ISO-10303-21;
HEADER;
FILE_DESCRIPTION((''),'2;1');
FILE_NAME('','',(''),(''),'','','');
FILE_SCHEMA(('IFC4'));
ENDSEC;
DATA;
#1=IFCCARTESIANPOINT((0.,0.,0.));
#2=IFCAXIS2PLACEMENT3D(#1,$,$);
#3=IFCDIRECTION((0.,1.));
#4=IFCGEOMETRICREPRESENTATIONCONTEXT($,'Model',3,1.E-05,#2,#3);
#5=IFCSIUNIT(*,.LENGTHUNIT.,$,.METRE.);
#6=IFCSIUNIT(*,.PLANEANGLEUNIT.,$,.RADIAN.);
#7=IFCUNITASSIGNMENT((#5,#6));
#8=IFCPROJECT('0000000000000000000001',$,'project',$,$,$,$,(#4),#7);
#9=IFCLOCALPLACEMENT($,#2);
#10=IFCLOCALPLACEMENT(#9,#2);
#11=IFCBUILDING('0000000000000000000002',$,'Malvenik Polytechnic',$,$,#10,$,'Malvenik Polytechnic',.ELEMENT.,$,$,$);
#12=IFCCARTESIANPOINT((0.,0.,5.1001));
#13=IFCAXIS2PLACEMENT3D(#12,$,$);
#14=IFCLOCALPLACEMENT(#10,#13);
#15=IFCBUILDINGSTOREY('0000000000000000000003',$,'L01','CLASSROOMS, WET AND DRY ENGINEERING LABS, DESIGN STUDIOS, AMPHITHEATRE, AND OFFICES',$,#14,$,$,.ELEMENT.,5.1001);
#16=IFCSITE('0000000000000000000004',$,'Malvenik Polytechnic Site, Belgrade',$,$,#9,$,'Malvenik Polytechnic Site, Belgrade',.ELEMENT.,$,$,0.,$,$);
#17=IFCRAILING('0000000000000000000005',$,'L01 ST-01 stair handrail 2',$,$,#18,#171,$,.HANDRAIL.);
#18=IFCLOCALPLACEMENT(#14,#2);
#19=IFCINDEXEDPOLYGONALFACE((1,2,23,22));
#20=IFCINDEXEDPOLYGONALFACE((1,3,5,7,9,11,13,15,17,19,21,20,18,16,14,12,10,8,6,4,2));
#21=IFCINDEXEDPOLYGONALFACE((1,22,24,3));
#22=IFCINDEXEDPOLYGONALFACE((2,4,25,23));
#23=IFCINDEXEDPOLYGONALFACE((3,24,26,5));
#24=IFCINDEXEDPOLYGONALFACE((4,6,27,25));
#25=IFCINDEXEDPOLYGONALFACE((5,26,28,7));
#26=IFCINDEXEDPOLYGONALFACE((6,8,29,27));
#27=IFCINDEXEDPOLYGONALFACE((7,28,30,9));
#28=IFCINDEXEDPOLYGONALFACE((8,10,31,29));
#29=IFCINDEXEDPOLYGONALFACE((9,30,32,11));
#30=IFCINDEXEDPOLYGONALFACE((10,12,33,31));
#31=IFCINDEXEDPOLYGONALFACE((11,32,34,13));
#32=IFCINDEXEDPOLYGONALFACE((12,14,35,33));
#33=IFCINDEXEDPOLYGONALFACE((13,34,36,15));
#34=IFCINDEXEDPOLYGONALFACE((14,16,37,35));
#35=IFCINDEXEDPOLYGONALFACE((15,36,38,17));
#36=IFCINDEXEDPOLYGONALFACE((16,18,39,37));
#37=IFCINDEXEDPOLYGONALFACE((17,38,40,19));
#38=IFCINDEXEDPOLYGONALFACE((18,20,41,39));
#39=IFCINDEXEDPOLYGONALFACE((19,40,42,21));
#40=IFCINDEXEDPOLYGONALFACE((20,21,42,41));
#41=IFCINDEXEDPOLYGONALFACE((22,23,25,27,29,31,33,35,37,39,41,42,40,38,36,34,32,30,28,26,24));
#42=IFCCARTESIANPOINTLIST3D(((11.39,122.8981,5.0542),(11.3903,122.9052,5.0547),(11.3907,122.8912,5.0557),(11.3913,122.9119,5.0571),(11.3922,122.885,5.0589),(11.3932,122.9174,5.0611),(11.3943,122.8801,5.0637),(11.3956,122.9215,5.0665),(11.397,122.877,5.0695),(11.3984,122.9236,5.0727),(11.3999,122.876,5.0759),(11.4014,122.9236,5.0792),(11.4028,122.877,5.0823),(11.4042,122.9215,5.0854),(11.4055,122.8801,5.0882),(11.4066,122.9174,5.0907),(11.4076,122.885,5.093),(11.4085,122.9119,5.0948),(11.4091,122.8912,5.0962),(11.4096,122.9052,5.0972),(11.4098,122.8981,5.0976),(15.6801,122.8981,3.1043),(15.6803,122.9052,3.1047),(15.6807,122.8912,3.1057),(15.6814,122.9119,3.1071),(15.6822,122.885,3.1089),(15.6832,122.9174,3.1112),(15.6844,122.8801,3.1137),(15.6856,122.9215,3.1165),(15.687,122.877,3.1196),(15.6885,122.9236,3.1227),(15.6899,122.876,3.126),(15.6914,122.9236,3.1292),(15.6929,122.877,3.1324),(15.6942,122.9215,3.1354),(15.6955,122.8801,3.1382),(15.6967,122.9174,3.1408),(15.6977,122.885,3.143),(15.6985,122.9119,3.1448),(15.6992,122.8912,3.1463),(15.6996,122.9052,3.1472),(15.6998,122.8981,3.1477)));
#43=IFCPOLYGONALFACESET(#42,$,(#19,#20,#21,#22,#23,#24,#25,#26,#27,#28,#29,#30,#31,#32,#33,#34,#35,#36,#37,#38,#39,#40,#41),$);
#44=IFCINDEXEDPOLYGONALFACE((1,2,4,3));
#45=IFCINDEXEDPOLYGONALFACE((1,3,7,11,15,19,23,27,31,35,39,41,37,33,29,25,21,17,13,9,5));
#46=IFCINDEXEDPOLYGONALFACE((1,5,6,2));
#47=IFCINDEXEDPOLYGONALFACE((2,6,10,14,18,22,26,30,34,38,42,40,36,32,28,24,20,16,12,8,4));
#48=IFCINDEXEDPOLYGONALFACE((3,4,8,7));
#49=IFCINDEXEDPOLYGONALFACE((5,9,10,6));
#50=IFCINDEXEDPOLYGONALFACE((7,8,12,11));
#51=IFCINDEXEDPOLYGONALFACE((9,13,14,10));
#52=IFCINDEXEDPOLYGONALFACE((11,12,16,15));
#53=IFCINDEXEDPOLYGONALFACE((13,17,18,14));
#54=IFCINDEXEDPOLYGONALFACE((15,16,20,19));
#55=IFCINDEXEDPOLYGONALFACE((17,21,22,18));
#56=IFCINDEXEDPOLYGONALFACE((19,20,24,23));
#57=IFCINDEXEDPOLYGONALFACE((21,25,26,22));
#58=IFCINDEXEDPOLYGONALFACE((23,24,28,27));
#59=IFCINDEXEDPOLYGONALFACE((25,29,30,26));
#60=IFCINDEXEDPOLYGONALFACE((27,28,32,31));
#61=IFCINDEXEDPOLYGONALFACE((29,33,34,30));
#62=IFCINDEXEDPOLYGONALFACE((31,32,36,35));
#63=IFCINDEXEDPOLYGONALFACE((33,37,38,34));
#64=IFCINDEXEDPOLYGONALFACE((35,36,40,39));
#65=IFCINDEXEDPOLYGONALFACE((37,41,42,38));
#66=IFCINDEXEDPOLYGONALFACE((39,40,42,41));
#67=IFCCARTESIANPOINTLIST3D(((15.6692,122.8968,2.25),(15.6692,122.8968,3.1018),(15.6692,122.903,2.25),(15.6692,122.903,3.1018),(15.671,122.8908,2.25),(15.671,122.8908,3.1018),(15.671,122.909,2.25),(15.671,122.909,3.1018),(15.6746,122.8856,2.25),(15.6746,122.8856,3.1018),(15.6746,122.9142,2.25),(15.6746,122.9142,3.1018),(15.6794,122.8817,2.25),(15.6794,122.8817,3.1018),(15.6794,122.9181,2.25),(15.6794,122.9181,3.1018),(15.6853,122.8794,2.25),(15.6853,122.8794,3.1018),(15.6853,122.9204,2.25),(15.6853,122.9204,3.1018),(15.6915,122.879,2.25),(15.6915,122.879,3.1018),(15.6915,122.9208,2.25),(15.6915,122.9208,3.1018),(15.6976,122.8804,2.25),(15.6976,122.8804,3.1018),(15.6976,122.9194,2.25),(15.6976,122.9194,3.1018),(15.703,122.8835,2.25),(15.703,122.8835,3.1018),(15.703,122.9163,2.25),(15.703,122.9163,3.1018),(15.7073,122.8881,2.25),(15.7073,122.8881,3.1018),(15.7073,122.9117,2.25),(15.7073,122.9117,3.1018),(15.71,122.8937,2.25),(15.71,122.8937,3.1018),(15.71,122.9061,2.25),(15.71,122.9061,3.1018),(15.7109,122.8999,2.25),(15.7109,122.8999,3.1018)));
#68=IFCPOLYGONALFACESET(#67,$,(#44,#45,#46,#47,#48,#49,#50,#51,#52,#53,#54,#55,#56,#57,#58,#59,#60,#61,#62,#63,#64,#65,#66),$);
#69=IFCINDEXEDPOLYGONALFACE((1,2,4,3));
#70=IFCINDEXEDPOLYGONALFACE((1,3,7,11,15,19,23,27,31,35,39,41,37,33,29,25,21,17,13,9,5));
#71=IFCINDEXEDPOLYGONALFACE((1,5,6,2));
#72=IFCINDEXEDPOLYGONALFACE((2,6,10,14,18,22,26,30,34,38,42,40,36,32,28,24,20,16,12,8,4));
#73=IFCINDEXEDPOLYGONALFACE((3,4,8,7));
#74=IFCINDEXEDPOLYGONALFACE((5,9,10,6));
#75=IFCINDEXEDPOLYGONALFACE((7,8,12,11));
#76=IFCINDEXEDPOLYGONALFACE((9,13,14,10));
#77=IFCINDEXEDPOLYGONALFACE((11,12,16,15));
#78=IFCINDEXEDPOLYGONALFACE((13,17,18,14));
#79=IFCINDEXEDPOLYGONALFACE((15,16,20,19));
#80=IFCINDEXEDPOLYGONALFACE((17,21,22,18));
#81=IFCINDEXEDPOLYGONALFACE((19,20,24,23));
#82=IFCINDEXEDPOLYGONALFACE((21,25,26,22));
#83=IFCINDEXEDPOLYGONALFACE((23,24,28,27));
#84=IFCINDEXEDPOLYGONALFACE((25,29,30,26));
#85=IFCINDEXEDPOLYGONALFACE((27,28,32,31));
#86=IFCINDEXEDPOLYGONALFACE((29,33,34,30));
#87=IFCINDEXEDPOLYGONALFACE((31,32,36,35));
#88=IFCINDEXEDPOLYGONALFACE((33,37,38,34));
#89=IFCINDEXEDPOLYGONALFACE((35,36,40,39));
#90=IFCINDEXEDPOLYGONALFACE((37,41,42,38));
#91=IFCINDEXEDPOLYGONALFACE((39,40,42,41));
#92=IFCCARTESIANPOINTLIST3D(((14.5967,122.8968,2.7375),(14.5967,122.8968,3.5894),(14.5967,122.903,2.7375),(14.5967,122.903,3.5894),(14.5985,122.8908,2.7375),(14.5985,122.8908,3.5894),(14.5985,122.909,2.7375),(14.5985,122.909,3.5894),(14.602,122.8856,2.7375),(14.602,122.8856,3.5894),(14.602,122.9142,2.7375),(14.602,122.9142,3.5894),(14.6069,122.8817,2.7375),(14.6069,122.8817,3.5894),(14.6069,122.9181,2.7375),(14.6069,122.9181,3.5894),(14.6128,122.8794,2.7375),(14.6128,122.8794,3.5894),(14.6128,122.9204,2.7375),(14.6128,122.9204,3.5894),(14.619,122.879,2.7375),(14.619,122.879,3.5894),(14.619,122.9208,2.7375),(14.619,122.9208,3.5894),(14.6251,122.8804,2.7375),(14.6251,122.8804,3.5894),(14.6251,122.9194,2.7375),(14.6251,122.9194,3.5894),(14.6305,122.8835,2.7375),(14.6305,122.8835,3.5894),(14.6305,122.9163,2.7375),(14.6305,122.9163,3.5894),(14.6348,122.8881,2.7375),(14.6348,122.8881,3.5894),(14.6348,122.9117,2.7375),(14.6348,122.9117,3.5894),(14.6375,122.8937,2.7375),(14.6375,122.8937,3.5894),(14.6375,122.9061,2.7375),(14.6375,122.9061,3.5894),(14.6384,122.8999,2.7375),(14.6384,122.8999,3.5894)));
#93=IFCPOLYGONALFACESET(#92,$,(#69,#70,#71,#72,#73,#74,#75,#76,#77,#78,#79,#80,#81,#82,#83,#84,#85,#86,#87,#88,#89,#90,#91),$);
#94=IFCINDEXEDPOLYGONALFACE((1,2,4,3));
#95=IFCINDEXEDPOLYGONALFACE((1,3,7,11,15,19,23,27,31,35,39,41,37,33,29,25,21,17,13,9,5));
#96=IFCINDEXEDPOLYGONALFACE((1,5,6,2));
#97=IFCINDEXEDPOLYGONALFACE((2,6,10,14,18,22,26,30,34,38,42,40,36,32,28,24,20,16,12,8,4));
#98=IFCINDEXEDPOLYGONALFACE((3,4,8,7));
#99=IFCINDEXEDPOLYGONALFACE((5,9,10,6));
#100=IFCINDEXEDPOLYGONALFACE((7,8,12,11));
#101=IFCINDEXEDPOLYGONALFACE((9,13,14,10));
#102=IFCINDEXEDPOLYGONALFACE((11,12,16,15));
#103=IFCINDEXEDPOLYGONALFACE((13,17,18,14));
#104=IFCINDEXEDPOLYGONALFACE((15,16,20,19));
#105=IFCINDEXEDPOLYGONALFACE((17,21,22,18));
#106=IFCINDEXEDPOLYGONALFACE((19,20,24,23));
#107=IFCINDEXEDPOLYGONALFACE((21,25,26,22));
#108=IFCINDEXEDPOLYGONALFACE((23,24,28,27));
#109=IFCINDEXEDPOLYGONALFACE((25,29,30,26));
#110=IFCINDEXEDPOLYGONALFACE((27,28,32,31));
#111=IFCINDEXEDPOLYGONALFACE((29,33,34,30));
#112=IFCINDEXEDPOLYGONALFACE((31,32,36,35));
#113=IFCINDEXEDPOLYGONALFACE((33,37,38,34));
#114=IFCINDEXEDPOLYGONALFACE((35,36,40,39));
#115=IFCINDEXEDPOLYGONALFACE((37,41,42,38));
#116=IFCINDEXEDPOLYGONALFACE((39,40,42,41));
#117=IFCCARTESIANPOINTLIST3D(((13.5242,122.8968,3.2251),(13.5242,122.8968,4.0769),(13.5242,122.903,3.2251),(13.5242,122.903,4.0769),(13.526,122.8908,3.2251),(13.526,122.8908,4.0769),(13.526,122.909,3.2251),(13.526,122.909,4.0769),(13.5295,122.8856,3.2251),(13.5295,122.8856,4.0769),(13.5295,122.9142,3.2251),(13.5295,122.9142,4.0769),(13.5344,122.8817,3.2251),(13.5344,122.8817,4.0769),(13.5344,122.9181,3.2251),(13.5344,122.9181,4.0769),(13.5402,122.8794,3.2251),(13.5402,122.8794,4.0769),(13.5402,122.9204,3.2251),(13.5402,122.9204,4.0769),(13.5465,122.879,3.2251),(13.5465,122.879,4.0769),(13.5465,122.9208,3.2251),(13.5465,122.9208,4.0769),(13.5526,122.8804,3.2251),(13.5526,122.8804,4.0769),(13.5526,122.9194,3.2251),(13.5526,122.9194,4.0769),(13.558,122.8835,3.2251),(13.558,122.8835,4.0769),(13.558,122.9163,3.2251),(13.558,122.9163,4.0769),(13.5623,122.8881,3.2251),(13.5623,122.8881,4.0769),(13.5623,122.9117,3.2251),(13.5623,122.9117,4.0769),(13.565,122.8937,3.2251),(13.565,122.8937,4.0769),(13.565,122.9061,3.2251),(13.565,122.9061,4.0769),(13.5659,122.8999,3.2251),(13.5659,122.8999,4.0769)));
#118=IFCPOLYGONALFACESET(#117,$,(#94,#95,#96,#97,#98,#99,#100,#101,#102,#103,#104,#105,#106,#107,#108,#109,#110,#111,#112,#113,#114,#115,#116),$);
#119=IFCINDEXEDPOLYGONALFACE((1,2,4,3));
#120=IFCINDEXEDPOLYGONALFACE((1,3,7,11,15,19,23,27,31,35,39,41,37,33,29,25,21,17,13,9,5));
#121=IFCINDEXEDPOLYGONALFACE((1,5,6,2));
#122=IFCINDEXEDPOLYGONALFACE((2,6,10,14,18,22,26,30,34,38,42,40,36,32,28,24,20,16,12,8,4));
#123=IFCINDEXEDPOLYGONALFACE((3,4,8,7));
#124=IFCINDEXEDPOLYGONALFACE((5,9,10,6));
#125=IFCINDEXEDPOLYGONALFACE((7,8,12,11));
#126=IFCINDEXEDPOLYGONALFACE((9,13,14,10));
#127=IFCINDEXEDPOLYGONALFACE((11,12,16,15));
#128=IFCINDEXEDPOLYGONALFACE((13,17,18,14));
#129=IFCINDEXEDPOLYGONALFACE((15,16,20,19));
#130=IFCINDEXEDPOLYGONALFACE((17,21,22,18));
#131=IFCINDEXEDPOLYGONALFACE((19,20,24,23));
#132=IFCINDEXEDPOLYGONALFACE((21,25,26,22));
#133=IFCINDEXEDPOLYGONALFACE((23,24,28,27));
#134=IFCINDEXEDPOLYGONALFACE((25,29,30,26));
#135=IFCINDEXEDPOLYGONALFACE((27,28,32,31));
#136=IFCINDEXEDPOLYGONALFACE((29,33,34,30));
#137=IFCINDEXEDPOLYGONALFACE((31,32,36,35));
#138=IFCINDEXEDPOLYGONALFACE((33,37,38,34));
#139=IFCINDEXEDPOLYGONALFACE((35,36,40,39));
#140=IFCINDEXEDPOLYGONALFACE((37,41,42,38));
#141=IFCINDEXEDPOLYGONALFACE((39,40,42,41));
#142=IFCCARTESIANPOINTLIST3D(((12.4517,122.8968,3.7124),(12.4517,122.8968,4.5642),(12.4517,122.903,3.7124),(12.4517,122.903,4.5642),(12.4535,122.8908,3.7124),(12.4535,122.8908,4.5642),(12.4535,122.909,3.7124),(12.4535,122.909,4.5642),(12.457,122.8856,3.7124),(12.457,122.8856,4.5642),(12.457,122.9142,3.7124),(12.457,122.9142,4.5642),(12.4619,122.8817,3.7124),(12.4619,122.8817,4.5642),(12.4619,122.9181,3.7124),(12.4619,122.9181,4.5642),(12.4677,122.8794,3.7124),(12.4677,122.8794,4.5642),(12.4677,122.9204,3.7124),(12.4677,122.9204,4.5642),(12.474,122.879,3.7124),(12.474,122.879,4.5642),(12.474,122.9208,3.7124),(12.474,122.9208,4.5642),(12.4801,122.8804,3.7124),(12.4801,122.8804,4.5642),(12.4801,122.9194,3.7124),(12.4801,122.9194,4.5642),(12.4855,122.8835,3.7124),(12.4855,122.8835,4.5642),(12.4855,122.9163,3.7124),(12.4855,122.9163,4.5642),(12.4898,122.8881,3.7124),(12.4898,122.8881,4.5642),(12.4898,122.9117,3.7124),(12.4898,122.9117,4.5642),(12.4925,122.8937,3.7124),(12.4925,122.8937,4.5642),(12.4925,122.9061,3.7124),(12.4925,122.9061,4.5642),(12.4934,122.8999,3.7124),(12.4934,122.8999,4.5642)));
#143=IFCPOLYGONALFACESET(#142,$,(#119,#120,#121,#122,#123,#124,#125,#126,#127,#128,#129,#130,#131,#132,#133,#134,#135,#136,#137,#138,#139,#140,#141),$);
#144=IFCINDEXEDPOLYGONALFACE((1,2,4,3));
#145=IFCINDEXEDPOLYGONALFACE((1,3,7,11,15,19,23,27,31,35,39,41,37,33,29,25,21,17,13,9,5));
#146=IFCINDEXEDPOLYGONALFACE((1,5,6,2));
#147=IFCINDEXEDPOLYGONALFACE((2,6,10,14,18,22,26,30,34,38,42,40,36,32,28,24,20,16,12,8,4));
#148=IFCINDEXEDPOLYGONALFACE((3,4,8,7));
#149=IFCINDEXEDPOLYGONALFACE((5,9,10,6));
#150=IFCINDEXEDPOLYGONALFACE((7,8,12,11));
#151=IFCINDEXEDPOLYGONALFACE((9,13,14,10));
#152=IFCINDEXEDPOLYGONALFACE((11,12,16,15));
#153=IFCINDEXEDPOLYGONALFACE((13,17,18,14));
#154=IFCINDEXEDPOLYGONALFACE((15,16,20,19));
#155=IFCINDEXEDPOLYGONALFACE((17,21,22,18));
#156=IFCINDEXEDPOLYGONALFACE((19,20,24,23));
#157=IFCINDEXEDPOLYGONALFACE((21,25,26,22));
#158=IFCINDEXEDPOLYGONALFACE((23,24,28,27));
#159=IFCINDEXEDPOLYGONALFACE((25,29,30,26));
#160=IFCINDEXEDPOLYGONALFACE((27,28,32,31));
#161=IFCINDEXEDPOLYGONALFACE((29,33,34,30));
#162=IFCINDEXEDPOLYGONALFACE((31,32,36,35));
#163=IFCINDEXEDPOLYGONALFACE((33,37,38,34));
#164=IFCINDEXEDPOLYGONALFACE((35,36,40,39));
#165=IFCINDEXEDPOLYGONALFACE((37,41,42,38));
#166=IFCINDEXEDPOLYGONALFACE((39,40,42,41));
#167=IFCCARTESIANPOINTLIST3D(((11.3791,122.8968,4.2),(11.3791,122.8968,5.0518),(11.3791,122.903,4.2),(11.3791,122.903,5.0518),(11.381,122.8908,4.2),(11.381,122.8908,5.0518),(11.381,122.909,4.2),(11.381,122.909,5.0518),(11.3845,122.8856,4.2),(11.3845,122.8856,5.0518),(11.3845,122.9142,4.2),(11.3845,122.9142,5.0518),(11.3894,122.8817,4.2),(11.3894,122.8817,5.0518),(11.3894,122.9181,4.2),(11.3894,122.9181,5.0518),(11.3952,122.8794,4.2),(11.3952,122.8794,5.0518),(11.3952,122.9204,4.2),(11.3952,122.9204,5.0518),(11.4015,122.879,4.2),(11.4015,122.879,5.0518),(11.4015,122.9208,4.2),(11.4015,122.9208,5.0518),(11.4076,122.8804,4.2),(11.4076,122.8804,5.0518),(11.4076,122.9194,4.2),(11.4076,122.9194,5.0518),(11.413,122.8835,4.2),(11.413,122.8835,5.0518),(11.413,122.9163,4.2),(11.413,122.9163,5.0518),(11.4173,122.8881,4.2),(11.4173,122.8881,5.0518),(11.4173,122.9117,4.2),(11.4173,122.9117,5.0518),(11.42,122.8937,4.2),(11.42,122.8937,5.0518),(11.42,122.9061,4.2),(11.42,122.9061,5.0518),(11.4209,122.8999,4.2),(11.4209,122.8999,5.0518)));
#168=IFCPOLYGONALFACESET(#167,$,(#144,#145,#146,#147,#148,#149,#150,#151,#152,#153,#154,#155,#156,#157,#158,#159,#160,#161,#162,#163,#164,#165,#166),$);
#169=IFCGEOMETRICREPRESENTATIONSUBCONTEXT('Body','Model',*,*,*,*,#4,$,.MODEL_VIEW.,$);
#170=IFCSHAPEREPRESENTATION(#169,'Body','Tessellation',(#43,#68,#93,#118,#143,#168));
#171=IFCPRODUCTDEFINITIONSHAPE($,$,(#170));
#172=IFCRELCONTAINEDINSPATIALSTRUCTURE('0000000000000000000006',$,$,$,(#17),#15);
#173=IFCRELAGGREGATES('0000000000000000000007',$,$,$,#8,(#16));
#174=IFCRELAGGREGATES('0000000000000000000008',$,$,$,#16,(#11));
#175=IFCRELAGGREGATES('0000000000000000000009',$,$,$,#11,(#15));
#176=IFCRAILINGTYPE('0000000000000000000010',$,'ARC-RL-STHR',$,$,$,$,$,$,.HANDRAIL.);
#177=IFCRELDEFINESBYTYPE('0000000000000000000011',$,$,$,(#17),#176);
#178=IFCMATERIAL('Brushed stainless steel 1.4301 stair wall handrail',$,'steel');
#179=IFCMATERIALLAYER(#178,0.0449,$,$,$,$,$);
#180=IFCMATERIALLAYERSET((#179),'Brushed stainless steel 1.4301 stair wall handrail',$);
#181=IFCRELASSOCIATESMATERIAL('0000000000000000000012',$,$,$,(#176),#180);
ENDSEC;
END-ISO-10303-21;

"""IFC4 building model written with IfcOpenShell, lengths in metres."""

from ifc_helpers import new_model, si_unit, direction, frame, origin, origin_2d, place, context, subcontext, project, spatial, circle, extrude, material, layer, layer_set, type_object, element, save


model = new_model("IFC4")

# Units and contexts
model_context = context("Model", 3, precision=1e-05, world=origin(), true_north=direction((0.0, 1.0)))
body_context = subcontext(model_context, "Body", "Model", "MODEL_VIEW")
ifc_project = project(units=[si_unit("LENGTHUNIT", "METRE"), si_unit("PLANEANGLEUNIT", "RADIAN")], contexts=[model_context])

# Site, building, storey
site_placement = place(None, origin())
site = spatial("IfcSite", under=ifc_project, at=site_placement, Name="Malvenik Polytechnic Site, Belgrade", LongName="Malvenik Polytechnic Site, Belgrade", CompositionType="ELEMENT", RefElevation=0.0)
building_placement = place(site_placement, origin())
building = spatial("IfcBuilding", under=site, at=building_placement, Name="Malvenik Polytechnic", LongName="Malvenik Polytechnic", CompositionType="ELEMENT")
storey_placement = place(building_placement, frame((0.0, 0.0, 5.1001)))
storey = spatial("IfcBuildingStorey", under=building, at=storey_placement, Name="L01", Description="CLASSROOMS, WET AND DRY ENGINEERING LABS, DESIGN STUDIOS, AMPHITHEATRE, AND OFFICES", CompositionType="ELEMENT", Elevation=5.1001)

# Railing
ifc_material_1 = material(Name="Brushed stainless steel 1.4301 stair wall handrail", Category="steel")
ifc_layer_1 = layer(ifc_material_1, 0.0449)
ifc_layer_set_1 = layer_set([ifc_layer_1], Name="Brushed stainless steel 1.4301 stair wall handrail")
railing_type_1 = type_object("IfcRailingType", Name="ARC-RL-STHR", PredefinedType="HANDRAIL", material=ifc_layer_set_1)
railing_1_placement = place(storey_placement, frame((15.6899, 122.8999, 2.25)))
element("IfcRailing", 1, at=railing_1_placement, inside=storey, type_object=railing_type_1, Name="L01 ST-01 stair handrail 2", PredefinedType="HANDRAIL", context=body_context, shape_type="SweptSolid", body=[
    extrude(circle(Radius=0.0239, at=origin_2d()), frame((0.0, 0.0, 0.876), z_axis=(-0.910372, 0.0, 0.413791), x_axis=(0.0, -1.0, 0.0)), (0.0, 0.0, 1.0), 4.7124),
    extrude(circle(Radius=0.021, at=origin_2d()), origin(), (0.0, 0.0, 1.0), 0.8518),
    extrude(circle(Radius=0.021, at=origin_2d()), frame((-1.0725, 0.0, 0.4875)), (0.0, 0.0, 1.0), 0.8518),
    extrude(circle(Radius=0.021, at=origin_2d()), frame((-2.145, 0.0, 0.9751)), (0.0, 0.0, 1.0), 0.8518),
    extrude(circle(Radius=0.021, at=origin_2d()), frame((-3.2175, 0.0, 1.4624)), (0.0, 0.0, 1.0), 0.8518),
    extrude(circle(Radius=0.021, at=origin_2d()), frame((-4.29, 0.0, 1.95)), (0.0, 0.0, 1.0), 0.8518),
])

save(model, "model.ifc")
